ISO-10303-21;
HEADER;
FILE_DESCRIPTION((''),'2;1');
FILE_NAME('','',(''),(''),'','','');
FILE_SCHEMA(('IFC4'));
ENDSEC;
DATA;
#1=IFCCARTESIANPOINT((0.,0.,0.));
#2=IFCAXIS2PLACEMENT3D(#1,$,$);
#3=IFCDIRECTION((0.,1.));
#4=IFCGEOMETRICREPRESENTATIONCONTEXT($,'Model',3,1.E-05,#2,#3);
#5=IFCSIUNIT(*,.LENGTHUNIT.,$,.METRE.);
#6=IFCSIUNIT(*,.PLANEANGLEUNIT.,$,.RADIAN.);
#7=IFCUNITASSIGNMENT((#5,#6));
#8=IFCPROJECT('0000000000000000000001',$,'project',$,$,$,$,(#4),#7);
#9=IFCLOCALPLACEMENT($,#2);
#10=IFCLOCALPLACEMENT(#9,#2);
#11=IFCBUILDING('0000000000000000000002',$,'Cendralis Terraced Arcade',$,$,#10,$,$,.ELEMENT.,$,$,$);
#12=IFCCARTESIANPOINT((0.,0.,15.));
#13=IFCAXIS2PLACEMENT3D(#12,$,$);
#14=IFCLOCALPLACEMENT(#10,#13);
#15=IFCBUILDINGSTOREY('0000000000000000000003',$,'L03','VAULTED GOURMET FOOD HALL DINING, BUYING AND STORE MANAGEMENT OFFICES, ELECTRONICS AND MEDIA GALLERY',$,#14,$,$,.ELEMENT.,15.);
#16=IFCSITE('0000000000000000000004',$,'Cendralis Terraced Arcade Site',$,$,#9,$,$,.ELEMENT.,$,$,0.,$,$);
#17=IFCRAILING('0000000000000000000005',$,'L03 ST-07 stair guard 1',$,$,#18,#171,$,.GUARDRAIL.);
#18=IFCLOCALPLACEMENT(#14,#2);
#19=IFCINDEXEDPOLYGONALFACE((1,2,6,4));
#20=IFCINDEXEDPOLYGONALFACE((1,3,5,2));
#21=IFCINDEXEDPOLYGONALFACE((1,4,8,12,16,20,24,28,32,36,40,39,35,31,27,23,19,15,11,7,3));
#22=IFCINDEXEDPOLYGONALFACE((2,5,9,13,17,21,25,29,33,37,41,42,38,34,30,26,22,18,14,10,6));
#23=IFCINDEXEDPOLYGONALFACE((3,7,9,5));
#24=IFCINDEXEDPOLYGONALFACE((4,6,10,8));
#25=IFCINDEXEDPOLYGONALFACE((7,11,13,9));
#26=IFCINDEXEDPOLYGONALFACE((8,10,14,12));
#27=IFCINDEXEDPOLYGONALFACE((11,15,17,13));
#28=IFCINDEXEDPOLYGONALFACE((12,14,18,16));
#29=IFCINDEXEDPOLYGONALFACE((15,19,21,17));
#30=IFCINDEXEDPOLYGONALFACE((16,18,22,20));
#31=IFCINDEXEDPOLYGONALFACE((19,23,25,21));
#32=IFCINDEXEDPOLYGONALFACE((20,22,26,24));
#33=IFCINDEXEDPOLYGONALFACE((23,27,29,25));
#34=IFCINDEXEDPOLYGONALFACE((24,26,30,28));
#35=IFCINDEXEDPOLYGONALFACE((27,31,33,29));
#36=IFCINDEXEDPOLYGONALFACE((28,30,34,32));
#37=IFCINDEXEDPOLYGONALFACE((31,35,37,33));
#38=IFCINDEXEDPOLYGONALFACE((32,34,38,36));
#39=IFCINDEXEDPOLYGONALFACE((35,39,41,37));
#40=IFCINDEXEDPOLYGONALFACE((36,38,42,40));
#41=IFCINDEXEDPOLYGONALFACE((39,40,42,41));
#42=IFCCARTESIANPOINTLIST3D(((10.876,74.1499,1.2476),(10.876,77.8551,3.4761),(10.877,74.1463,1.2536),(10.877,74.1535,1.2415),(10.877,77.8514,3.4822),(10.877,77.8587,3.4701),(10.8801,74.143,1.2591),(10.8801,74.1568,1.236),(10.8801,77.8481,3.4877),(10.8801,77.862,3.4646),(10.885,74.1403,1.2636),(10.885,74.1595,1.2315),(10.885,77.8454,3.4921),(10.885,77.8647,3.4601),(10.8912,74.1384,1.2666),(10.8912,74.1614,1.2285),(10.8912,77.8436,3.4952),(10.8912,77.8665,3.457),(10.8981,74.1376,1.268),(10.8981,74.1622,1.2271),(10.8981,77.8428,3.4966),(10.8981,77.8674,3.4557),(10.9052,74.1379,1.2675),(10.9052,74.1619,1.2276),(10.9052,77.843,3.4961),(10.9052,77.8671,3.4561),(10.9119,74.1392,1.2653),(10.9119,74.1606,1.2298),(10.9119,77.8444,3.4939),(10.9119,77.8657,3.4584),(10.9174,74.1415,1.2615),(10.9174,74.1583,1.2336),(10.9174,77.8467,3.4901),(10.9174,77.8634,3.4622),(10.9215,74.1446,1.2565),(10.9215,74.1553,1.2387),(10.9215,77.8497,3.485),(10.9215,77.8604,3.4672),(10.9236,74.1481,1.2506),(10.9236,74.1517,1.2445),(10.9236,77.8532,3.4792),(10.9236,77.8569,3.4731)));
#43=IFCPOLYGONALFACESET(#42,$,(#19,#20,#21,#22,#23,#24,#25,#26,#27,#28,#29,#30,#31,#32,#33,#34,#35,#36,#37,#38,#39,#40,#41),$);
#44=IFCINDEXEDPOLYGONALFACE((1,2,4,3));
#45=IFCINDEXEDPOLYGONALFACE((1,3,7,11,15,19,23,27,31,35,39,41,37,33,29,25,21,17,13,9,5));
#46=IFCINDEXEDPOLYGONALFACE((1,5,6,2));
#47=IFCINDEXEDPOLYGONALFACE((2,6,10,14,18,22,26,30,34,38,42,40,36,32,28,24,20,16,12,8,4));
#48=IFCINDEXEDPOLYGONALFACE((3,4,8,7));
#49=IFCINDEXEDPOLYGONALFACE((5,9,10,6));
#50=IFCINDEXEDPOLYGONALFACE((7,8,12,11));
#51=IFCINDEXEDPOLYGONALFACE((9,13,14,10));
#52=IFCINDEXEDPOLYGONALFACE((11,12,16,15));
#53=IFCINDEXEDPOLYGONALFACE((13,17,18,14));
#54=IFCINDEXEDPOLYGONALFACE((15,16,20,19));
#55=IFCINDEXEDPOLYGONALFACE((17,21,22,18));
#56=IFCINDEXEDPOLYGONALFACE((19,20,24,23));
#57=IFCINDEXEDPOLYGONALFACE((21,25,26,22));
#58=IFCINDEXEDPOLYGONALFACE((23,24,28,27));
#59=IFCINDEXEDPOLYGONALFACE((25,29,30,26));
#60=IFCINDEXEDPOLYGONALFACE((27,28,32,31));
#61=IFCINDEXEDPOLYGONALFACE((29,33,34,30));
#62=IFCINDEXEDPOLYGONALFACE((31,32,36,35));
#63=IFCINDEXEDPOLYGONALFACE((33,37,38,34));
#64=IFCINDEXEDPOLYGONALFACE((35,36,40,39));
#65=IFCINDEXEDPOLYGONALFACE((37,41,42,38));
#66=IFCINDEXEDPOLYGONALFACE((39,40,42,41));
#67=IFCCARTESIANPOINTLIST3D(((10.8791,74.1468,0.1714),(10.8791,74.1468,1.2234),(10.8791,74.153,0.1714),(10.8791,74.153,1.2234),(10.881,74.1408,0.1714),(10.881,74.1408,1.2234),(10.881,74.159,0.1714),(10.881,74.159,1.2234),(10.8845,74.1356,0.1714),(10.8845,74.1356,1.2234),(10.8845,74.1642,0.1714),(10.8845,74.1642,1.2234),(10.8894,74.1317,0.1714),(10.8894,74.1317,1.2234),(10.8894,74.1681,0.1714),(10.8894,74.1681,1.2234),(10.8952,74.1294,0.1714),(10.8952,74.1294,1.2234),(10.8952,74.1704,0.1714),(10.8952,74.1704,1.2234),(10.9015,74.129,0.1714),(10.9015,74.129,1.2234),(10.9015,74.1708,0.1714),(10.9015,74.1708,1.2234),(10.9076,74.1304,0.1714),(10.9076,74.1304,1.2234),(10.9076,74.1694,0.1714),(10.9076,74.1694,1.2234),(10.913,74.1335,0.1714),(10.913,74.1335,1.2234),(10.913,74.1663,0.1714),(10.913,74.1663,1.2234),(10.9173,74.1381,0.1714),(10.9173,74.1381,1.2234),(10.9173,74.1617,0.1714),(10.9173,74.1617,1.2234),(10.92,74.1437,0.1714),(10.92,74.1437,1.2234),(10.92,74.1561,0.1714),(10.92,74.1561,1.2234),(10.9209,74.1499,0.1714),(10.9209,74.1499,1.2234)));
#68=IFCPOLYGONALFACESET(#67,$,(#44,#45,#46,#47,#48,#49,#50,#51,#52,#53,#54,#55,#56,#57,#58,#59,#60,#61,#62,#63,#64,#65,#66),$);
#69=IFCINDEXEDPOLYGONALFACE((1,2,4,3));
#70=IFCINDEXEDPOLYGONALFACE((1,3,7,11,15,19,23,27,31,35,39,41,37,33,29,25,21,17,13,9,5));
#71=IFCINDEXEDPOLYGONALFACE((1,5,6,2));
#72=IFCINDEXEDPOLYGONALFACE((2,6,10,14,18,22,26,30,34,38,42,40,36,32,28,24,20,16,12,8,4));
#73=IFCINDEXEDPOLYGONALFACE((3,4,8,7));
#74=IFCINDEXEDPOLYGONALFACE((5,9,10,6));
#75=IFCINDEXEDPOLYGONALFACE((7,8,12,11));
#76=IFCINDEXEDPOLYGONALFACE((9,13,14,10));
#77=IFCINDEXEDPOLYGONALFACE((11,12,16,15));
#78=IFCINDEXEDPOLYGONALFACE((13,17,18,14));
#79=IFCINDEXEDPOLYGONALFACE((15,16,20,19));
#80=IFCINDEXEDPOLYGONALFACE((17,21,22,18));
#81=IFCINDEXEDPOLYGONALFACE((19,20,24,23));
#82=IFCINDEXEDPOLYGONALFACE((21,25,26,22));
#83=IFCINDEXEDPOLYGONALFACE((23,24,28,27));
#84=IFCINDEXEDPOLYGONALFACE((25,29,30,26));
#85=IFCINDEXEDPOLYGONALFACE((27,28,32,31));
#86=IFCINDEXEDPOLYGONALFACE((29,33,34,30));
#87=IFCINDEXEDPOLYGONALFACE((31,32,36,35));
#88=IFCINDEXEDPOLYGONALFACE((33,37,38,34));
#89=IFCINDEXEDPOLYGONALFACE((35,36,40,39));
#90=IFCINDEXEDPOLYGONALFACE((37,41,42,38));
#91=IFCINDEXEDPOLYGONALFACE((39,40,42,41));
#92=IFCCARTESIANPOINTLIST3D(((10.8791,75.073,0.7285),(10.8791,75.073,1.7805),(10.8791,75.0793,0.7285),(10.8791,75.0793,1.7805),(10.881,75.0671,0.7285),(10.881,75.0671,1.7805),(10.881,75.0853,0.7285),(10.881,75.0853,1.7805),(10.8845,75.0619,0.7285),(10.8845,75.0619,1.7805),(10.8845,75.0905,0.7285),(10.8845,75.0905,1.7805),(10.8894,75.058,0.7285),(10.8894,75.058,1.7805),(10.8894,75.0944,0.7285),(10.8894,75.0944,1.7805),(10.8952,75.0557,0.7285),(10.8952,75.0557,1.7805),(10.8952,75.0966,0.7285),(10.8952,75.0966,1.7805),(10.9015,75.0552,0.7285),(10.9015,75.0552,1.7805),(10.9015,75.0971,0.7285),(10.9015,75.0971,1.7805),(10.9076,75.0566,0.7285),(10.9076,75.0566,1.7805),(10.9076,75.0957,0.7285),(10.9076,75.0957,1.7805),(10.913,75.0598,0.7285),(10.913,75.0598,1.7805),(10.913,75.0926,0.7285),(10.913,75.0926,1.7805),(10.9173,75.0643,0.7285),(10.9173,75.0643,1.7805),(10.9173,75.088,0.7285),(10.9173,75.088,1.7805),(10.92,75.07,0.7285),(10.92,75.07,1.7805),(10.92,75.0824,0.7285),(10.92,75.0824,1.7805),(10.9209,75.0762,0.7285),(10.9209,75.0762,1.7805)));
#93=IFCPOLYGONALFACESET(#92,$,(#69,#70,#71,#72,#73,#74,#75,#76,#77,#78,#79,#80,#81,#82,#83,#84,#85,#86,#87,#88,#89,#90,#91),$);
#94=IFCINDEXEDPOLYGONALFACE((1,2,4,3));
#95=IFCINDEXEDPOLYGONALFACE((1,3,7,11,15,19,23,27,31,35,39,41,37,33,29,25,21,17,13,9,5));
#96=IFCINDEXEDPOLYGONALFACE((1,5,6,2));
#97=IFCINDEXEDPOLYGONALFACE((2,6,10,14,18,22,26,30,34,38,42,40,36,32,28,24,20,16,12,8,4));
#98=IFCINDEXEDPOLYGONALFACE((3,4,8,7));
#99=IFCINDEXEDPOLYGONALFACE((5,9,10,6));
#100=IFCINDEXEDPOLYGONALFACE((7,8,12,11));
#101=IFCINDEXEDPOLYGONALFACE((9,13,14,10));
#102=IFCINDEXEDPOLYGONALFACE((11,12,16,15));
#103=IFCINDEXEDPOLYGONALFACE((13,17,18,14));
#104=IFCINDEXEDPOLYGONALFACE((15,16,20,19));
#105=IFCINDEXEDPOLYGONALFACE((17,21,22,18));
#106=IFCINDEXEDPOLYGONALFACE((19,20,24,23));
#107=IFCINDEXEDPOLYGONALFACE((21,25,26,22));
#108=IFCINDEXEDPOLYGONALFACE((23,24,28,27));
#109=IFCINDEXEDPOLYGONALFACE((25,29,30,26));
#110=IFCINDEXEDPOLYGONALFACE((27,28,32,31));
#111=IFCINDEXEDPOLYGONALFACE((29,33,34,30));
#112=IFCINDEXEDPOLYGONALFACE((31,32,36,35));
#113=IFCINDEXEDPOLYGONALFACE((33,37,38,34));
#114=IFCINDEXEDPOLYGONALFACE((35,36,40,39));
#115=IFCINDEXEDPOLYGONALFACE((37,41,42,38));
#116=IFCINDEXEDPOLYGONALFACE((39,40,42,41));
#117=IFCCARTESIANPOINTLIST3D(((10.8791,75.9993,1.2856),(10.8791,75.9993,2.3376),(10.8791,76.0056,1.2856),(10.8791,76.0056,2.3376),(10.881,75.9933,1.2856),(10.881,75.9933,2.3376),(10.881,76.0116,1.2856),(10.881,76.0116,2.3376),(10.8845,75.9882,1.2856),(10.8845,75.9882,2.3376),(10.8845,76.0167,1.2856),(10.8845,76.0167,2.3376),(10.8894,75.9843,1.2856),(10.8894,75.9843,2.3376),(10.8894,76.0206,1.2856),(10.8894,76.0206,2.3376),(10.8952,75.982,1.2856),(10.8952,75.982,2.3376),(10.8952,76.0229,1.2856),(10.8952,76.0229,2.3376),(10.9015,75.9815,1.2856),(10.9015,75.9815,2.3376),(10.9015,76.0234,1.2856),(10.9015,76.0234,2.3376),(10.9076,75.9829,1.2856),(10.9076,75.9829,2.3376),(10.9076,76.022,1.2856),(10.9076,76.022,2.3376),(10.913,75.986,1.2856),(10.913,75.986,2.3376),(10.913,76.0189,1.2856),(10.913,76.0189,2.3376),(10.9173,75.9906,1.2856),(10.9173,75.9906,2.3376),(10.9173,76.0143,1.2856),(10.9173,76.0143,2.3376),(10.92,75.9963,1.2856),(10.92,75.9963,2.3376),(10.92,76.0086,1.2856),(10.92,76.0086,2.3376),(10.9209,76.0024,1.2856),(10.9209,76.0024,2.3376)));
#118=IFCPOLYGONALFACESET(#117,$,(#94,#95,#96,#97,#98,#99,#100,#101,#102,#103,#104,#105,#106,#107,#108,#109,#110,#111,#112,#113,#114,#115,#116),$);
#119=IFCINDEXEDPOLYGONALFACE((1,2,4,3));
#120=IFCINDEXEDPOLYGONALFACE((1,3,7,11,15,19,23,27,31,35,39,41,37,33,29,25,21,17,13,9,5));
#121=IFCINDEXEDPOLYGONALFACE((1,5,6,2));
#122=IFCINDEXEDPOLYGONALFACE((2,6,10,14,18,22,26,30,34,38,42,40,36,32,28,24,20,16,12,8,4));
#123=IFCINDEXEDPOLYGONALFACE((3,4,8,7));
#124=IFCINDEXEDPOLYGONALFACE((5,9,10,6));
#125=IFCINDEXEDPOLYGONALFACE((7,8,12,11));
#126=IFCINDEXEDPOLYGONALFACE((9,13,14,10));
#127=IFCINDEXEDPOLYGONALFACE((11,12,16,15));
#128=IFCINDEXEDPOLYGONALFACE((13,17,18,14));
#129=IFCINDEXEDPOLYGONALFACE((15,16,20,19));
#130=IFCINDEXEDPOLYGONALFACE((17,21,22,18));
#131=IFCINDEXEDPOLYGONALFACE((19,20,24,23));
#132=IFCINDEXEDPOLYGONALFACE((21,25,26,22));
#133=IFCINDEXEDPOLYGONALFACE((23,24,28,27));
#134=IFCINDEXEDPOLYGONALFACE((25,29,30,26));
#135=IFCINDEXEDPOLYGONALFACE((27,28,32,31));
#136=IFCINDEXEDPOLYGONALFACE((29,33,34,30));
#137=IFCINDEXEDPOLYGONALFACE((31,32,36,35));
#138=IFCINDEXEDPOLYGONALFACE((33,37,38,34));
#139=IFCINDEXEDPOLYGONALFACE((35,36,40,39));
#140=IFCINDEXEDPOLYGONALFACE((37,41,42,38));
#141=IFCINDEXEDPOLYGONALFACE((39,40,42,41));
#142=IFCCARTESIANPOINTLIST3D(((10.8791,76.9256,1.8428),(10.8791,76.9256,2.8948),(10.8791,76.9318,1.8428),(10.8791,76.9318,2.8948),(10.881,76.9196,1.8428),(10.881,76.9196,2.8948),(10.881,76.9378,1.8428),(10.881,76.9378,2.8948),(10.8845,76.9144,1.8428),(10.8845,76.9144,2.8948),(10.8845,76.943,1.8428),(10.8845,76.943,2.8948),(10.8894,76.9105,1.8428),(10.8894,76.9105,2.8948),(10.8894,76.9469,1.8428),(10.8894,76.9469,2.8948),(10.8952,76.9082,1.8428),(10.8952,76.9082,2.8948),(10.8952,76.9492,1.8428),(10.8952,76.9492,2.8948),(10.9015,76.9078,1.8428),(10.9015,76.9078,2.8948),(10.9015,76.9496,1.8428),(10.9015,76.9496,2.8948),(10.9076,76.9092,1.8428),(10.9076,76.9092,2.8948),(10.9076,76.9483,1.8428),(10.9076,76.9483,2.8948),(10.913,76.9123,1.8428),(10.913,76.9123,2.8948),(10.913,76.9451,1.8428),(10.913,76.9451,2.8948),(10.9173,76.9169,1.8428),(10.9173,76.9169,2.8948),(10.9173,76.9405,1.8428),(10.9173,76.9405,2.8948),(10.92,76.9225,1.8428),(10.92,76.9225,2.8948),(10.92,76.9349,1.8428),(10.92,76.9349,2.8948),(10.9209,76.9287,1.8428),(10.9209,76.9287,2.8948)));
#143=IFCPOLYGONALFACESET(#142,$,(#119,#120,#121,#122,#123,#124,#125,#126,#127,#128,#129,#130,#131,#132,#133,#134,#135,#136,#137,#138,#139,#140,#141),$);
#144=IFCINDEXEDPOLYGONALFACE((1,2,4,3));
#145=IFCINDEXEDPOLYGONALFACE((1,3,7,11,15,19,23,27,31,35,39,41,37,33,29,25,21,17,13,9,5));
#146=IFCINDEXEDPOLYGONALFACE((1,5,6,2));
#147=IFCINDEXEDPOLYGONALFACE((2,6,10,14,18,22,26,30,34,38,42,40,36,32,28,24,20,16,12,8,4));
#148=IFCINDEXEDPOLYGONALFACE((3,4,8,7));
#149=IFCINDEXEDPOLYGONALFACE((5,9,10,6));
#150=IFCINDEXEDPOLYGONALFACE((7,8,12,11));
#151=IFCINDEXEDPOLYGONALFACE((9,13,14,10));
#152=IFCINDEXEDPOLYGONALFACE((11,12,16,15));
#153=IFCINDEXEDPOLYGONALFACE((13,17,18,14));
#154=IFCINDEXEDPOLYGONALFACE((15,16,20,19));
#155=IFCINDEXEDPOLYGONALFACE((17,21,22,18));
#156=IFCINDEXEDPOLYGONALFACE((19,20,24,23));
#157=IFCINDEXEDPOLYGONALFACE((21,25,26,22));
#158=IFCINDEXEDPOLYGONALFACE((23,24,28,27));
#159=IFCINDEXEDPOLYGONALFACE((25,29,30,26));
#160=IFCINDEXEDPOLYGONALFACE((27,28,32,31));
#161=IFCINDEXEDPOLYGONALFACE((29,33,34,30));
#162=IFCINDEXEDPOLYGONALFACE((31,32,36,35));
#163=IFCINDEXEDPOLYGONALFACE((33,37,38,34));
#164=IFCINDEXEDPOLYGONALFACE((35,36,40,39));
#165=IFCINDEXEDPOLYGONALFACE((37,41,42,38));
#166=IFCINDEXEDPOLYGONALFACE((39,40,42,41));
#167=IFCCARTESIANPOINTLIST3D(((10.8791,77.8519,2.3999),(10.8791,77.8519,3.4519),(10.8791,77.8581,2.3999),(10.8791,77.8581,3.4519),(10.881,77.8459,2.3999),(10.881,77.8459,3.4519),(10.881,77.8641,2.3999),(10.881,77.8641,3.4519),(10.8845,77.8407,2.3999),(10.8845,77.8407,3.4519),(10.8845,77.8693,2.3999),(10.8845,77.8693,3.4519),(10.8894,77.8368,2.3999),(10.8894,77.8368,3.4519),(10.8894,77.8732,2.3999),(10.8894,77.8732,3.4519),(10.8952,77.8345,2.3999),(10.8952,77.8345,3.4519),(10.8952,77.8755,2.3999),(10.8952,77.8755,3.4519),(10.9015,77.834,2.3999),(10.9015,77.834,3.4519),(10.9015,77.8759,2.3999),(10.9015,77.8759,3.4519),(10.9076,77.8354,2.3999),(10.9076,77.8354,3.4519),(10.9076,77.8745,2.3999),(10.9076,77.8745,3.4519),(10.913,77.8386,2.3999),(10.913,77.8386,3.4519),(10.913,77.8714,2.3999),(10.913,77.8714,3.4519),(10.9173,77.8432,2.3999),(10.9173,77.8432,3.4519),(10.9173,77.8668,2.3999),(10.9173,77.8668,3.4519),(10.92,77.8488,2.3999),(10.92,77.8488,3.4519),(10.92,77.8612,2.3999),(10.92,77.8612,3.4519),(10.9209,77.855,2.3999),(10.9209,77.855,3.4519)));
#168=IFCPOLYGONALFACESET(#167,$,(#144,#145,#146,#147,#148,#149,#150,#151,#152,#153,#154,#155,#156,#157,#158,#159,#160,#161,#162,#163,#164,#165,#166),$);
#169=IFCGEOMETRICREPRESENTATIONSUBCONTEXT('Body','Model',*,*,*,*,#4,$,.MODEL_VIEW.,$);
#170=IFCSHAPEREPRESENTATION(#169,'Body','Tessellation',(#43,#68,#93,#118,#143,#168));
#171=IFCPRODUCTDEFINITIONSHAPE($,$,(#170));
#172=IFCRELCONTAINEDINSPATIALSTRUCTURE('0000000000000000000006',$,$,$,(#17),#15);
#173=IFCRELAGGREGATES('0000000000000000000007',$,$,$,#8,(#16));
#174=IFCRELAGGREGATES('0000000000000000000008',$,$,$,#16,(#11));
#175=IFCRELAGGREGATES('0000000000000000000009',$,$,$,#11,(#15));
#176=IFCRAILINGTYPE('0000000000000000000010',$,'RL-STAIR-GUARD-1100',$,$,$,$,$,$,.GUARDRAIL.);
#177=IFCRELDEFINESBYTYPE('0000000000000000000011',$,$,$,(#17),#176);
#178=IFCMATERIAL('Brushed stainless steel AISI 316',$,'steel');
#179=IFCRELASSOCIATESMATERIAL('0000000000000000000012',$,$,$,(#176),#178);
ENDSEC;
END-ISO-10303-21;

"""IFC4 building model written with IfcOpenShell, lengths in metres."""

from ifc_helpers import new_model, si_unit, direction, frame, origin, origin_2d, place, context, subcontext, project, spatial, circle, extrude, material, type_object, element, save


model = new_model("IFC4")

# Units and contexts
model_context = context("Model", 3, precision=1e-05, world=origin(), true_north=direction((0.0, 1.0)))
body_context = subcontext(model_context, "Body", "Model", "MODEL_VIEW")
ifc_project = project(units=[si_unit("LENGTHUNIT", "METRE"), si_unit("PLANEANGLEUNIT", "RADIAN")], contexts=[model_context])

# Site, building, storey
site_placement = place(None, origin())
site = spatial("IfcSite", under=ifc_project, at=site_placement, Name="Cendralis Terraced Arcade Site", CompositionType="ELEMENT", RefElevation=0.0)
building_placement = place(site_placement, origin())
building = spatial("IfcBuilding", under=site, at=building_placement, Name="Cendralis Terraced Arcade", CompositionType="ELEMENT")
storey_placement = place(building_placement, frame((0.0, 0.0, 15.0)))
storey = spatial("IfcBuildingStorey", under=building, at=storey_placement, Name="L03", Description="VAULTED GOURMET FOOD HALL DINING, BUYING AND STORE MANAGEMENT OFFICES, ELECTRONICS AND MEDIA GALLERY", CompositionType="ELEMENT", Elevation=15.0)

# Railing
ifc_material_1 = material(Name="Brushed stainless steel AISI 316", Category="steel")
railing_type_1 = type_object("IfcRailingType", Name="RL-STAIR-GUARD-1100", PredefinedType="GUARDRAIL", material=ifc_material_1)
railing_1_placement = place(storey_placement, frame((10.8999, 74.1499, 0.1714)))
element("IfcRailing", 1, at=railing_1_placement, inside=storey, type_object=railing_type_1, Name="L03 ST-07 stair guard 1", PredefinedType="GUARDRAIL", context=body_context, shape_type="SweptSolid", body=[
    extrude(circle(Radius=0.0239, at=origin_2d()), frame((0.0, 0.0, 1.0762), z_axis=(0.0, 0.856934, 0.515425), x_axis=(-1.0, 0.0, 0.0)), (0.0, 0.0, 1.0), 4.3237),
    extrude(circle(Radius=0.021, at=origin_2d()), origin(), (0.0, 0.0, 1.0), 1.052),
    extrude(circle(Radius=0.021, at=origin_2d()), frame((0.0, 0.9263, 0.5571)), (0.0, 0.0, 1.0), 1.052),
    extrude(circle(Radius=0.021, at=origin_2d()), frame((0.0, 1.8525, 1.1143)), (0.0, 0.0, 1.0), 1.052),
    extrude(circle(Radius=0.021, at=origin_2d()), frame((0.0, 2.7788, 1.6714)), (0.0, 0.0, 1.0), 1.052),
    extrude(circle(Radius=0.021, at=origin_2d()), frame((0.0, 3.7051, 2.2285)), (0.0, 0.0, 1.0), 1.052),
])

save(model, "model.ifc")
